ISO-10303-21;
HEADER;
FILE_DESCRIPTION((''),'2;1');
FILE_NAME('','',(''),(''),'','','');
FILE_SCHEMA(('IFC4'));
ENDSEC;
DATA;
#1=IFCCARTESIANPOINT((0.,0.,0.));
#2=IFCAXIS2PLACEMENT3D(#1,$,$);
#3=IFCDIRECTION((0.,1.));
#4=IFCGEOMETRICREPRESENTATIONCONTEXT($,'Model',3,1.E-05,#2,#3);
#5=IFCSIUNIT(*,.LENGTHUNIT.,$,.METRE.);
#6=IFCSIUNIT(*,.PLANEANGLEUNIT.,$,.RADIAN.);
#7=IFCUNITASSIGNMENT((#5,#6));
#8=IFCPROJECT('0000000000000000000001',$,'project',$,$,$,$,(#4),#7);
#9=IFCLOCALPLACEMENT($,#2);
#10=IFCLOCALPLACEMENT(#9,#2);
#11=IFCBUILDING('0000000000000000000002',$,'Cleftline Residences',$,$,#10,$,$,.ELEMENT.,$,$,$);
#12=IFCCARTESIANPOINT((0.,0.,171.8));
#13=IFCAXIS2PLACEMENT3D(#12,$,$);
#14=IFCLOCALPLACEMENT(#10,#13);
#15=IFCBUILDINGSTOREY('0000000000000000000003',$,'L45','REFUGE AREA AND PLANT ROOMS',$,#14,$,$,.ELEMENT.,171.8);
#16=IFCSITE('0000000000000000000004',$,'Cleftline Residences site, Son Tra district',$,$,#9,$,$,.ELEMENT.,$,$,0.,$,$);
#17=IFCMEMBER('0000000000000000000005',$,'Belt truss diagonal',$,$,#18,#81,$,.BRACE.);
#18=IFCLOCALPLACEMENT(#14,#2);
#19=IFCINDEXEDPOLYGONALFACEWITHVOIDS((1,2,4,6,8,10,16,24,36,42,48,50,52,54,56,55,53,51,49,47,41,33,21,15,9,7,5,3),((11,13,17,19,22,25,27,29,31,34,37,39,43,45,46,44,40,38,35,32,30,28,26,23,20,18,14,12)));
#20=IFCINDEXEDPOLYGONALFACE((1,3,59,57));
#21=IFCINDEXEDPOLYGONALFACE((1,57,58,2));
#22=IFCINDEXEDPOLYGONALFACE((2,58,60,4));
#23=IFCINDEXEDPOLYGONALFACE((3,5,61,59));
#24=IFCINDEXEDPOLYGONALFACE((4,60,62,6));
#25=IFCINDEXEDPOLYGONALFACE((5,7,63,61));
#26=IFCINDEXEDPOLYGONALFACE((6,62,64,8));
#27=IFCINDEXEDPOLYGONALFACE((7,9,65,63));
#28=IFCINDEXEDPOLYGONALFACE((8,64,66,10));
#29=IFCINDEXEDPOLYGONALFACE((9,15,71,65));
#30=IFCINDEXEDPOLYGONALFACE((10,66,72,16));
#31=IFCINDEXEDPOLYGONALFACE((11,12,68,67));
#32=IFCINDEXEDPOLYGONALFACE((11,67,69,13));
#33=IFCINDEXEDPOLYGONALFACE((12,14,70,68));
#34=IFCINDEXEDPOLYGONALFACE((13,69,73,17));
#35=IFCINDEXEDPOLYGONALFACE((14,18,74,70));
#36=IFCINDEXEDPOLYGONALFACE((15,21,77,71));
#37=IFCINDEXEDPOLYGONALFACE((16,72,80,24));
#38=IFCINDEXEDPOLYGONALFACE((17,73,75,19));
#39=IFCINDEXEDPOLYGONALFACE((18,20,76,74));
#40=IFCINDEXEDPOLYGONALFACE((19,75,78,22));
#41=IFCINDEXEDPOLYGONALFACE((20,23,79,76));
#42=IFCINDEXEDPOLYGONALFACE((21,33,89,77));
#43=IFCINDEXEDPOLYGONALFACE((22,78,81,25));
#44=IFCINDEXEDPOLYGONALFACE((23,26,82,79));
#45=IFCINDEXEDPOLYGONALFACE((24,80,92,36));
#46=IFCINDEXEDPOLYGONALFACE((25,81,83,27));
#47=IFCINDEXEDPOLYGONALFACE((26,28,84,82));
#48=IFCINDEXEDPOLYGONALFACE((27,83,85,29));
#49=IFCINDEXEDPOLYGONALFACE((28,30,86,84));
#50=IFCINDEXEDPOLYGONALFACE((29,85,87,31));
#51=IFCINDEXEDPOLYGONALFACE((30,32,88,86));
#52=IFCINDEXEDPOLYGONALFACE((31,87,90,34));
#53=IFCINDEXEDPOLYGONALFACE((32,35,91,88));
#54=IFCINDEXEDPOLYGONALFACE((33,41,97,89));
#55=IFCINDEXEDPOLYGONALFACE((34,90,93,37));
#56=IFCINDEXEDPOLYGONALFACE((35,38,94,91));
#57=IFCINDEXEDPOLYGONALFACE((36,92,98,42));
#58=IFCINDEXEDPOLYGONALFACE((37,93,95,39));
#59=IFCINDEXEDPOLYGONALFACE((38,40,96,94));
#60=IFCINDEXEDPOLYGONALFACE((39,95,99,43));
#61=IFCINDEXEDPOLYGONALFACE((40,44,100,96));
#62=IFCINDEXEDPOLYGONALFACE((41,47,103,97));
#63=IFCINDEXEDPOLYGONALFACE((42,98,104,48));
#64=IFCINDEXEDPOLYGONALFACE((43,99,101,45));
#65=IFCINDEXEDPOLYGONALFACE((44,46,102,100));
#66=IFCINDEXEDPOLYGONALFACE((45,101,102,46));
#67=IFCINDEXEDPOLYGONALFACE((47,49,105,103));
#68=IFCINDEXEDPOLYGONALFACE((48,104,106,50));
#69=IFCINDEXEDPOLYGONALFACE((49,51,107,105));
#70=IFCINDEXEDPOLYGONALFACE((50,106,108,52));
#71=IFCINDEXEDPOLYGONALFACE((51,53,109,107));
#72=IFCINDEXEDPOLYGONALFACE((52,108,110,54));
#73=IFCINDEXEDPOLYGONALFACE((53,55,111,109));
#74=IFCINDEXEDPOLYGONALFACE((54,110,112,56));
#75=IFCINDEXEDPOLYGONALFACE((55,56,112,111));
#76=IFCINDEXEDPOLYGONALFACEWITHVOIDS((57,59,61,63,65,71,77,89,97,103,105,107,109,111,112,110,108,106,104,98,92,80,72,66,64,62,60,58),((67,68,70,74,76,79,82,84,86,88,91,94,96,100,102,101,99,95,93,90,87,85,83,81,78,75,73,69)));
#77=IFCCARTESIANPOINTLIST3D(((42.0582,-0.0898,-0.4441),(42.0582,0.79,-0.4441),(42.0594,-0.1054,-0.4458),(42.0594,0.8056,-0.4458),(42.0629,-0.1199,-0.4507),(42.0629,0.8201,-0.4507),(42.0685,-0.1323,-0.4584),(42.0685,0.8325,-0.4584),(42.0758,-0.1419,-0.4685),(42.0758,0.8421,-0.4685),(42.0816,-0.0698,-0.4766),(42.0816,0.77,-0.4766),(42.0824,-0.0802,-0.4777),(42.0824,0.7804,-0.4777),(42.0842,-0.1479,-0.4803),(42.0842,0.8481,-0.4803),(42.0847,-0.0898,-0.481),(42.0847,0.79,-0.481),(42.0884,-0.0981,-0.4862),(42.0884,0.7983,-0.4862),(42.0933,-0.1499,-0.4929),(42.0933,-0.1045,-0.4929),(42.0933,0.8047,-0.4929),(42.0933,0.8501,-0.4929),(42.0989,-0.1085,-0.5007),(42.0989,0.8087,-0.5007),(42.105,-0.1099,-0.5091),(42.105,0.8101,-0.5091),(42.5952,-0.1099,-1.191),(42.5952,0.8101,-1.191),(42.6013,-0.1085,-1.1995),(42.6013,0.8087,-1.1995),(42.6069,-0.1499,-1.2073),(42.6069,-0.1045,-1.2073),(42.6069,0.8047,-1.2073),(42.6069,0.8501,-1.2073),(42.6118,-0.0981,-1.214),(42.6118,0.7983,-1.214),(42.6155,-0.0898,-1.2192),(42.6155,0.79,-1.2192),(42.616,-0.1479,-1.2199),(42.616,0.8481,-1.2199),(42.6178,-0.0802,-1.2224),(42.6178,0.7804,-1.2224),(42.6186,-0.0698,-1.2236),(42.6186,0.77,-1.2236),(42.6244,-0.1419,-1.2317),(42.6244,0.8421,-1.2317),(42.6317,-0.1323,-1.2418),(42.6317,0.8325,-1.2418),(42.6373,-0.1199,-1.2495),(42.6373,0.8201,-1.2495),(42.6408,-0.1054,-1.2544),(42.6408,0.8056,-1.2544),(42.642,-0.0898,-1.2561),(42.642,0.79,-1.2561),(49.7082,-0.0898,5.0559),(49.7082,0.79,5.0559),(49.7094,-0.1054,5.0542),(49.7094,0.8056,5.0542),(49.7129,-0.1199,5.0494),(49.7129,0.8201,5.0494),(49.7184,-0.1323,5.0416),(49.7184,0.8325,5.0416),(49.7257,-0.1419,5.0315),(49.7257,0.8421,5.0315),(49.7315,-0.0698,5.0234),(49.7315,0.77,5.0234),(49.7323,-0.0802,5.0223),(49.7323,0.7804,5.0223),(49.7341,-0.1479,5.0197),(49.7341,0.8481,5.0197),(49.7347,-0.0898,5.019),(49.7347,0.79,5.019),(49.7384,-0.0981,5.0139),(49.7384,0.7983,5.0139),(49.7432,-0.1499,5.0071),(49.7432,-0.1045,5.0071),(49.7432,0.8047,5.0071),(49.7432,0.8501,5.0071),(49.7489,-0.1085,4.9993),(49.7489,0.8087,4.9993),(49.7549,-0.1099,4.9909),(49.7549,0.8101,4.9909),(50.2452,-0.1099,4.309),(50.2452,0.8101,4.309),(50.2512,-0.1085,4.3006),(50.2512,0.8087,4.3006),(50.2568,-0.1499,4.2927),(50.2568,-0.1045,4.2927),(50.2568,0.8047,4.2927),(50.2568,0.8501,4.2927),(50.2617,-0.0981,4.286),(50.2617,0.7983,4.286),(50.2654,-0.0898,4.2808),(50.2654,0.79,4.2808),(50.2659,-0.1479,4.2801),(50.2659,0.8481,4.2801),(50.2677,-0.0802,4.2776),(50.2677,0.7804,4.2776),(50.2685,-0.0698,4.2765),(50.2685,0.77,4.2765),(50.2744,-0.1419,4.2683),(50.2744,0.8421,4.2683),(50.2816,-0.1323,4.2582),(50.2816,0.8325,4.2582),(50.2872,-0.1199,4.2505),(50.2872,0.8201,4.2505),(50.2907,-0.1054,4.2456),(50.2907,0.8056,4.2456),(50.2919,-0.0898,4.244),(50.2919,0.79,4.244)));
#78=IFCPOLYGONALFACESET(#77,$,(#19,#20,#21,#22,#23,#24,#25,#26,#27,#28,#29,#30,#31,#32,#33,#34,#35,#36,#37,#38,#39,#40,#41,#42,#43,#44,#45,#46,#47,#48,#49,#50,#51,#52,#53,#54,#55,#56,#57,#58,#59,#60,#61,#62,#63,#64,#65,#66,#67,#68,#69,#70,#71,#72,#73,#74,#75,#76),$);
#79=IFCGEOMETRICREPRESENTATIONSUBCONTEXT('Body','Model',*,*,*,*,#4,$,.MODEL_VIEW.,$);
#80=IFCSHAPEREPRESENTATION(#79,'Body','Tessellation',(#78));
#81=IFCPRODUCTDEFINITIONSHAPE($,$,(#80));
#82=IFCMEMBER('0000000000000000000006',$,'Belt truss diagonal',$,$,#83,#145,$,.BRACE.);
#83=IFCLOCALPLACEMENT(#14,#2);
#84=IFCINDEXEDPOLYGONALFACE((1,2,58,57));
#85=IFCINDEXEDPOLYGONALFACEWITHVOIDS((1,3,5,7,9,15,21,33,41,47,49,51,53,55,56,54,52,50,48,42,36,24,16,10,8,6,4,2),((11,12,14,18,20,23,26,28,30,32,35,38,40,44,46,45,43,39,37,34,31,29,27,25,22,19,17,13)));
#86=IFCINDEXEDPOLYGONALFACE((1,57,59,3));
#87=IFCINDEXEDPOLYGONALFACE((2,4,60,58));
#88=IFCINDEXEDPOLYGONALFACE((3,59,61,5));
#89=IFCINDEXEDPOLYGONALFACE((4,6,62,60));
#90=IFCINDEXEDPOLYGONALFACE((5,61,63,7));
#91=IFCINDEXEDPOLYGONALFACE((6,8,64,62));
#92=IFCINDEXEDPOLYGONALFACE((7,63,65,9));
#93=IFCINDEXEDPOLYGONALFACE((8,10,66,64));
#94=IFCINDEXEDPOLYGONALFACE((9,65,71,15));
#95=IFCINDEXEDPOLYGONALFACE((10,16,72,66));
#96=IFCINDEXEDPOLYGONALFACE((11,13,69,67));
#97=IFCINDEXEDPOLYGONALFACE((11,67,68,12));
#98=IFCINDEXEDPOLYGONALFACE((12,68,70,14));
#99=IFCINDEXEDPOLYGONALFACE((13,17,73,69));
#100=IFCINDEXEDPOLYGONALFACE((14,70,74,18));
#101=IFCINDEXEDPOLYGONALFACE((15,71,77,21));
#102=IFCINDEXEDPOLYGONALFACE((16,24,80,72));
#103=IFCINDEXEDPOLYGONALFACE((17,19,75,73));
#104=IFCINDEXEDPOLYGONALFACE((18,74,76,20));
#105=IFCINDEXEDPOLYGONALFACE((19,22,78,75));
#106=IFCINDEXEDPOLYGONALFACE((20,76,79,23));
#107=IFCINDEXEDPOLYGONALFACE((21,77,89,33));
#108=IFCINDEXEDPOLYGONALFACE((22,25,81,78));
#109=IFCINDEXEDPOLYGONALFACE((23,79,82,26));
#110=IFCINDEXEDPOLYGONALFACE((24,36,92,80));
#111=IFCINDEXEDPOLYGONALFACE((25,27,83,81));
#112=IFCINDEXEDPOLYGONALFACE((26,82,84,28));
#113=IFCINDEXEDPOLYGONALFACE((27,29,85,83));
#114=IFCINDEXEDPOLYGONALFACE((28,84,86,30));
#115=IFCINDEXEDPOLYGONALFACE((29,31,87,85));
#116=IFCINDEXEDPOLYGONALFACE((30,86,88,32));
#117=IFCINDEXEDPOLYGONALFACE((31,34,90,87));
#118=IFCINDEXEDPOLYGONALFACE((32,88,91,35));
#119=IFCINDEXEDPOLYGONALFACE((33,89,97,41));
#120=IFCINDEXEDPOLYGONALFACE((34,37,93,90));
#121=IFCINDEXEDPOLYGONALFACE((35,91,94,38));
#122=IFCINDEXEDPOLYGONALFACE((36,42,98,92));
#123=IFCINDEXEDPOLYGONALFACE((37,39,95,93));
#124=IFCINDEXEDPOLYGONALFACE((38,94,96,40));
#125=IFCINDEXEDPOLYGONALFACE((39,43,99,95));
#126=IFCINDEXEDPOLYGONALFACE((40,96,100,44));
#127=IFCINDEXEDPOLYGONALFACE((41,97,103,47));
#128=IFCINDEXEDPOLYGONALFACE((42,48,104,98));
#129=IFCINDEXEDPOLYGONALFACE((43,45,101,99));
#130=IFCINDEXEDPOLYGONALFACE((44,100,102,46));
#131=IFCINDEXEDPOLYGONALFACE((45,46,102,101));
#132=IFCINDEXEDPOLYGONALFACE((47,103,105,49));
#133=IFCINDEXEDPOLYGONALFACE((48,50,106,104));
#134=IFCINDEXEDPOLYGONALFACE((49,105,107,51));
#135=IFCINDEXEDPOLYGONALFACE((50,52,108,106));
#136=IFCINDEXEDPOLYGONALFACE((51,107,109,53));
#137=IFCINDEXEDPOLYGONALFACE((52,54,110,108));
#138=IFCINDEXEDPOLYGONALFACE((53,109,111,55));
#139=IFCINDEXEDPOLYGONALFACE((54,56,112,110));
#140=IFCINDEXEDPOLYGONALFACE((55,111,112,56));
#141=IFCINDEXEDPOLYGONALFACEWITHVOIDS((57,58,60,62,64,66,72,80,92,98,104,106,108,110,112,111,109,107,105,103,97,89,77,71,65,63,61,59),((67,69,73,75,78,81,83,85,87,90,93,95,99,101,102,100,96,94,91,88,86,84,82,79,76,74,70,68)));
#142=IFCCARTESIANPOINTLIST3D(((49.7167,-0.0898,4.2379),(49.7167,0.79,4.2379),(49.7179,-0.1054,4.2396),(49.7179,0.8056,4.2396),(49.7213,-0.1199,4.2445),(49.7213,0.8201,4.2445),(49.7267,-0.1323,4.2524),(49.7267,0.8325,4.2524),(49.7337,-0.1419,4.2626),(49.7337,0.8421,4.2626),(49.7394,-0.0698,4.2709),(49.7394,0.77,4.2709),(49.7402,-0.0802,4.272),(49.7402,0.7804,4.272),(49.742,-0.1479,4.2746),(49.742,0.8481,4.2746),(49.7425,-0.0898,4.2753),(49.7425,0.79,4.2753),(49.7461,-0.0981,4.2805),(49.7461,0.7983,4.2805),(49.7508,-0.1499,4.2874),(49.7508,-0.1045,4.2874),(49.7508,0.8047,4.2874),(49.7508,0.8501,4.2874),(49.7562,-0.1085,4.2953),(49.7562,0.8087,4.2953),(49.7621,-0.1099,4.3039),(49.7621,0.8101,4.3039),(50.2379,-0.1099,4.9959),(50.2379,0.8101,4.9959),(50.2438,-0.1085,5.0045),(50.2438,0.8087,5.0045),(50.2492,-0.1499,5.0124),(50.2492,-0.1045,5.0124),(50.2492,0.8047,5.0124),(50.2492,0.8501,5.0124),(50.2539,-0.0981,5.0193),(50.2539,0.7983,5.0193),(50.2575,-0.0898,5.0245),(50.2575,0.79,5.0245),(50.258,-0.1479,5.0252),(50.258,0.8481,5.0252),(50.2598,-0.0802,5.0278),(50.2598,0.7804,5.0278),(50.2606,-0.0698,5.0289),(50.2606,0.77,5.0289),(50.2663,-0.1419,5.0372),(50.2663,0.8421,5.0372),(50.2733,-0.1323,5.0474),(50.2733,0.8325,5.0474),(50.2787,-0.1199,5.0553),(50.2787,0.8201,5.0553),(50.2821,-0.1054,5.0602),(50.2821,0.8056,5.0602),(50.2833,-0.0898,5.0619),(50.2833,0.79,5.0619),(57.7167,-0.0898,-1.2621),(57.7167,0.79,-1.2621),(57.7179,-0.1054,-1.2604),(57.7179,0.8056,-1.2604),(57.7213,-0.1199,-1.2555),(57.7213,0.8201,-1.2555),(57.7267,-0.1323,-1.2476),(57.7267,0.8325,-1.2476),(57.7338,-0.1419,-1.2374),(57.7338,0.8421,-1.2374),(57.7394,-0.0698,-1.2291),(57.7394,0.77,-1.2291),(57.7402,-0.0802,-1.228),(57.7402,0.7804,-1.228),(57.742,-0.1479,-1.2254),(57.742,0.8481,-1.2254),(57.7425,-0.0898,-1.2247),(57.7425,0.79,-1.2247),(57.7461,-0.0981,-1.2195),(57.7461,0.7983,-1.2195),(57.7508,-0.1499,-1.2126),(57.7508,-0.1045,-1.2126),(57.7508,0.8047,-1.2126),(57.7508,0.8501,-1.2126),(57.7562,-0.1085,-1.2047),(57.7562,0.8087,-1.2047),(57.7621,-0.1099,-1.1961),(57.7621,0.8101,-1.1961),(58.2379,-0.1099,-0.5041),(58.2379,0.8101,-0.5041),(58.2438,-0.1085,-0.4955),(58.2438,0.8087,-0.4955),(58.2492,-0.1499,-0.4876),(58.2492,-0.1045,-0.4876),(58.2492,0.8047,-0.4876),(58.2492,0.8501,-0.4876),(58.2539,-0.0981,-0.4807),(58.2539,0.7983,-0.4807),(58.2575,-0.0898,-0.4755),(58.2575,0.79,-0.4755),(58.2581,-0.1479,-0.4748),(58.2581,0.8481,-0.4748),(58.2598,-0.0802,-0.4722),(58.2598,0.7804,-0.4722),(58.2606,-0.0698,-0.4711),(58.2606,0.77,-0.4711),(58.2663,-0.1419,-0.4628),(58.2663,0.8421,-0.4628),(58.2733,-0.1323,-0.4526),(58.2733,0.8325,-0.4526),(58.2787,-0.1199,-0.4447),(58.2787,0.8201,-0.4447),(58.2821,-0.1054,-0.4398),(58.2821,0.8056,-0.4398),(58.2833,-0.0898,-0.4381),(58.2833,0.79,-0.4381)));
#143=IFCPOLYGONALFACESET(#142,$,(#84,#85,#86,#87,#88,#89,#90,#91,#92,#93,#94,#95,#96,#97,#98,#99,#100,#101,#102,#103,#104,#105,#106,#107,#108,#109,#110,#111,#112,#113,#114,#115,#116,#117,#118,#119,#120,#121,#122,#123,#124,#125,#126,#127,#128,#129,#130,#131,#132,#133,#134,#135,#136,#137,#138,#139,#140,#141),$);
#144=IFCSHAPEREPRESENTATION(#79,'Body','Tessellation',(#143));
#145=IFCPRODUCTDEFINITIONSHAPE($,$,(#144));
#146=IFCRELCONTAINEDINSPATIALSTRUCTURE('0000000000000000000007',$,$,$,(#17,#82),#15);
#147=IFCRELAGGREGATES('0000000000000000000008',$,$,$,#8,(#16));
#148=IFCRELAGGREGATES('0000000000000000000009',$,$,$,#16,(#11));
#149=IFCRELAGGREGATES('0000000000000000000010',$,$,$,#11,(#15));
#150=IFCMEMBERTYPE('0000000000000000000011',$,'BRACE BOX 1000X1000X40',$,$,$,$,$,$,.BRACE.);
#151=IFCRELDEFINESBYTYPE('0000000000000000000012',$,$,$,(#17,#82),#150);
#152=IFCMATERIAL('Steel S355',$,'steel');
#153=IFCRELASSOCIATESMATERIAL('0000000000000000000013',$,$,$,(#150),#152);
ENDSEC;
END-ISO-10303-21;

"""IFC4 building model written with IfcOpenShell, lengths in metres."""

from ifc_helpers import new_model, si_unit, direction, frame, origin, origin_2d, place, context, subcontext, project, spatial, hollow_rectangle, extrude, material, material_profile, profile_set, type_object, element, save


model = new_model("IFC4")

# Units and contexts
model_context = context("Model", 3, precision=1e-05, world=origin(), true_north=direction((0.0, 1.0)))
body_context = subcontext(model_context, "Body", "Model", "MODEL_VIEW")
ifc_project = project(units=[si_unit("LENGTHUNIT", "METRE"), si_unit("PLANEANGLEUNIT", "RADIAN")], contexts=[model_context])

# Site, building, storey
site_placement = place(None, origin())
site = spatial("IfcSite", under=ifc_project, at=site_placement, Name="Cleftline Residences site, Son Tra district", CompositionType="ELEMENT", RefElevation=0.0)
building_placement = place(site_placement, origin())
building = spatial("IfcBuilding", under=site, at=building_placement, Name="Cleftline Residences", CompositionType="ELEMENT")
storey_placement = place(building_placement, frame((0.0, 0.0, 171.8)))
storey = spatial("IfcBuildingStorey", under=building, at=storey_placement, Name="L45", Description="REFUGE AREA AND PLANT ROOMS", CompositionType="ELEMENT", Elevation=171.8)

# Members
ifc_material_1 = material(Name="Steel S355", Category="steel")
ifc_material_profile_1 = material_profile(ifc_material_1, hollow_rectangle(XDim=1.0, YDim=1.0, WallThickness=0.04, InnerFilletRadius=0.04, OuterFilletRadius=0.0601, at=origin_2d()))
ifc_profile_set_1 = profile_set([ifc_material_profile_1], Name="Steel S355")
member_type_1 = type_object("IfcMemberType", Name="BRACE BOX 1000X1000X40", PredefinedType="BRACE", material=ifc_profile_set_1)
for number, where, z_axis, x_axis, name in (
    (1, (42.3501, 0.3501, -0.8501), (0.811933, 0.0, 0.58375), (-0.58375, 0.0, 0.811933), "Belt truss diagonal"),
):
    element("IfcMember", number, at=place(storey_placement, frame(where, z_axis=z_axis, x_axis=x_axis)), inside=storey, type_object=member_type_1, Name=name, PredefinedType="BRACE", context=body_context, shape_type="SweptSolid", body=[
        extrude(hollow_rectangle(XDim=1.0, YDim=1.0, WallThickness=0.04, InnerFilletRadius=0.04, OuterFilletRadius=0.0601, at=origin_2d()), origin(), (0.0, 0.0, 1.0), 9.4219),
    ])
member_1_placement = place(storey_placement, frame((50.0, 0.3501, 4.6499), z_axis=(0.824042, 0.0, -0.566529), x_axis=(0.566529, 0.0, 0.824042)))
element("IfcMember", 2, at=member_1_placement, inside=storey, type_object=member_type_1, Name="Belt truss diagonal", PredefinedType="BRACE", context=body_context, shape_type="SweptSolid", body=[
    extrude(hollow_rectangle(XDim=1.0, YDim=1.0, WallThickness=0.04, InnerFilletRadius=0.04, OuterFilletRadius=0.0601, at=origin_2d()), origin(), (0.0, 0.0, 1.0), 9.7083),
])

save(model, "model.ifc")
